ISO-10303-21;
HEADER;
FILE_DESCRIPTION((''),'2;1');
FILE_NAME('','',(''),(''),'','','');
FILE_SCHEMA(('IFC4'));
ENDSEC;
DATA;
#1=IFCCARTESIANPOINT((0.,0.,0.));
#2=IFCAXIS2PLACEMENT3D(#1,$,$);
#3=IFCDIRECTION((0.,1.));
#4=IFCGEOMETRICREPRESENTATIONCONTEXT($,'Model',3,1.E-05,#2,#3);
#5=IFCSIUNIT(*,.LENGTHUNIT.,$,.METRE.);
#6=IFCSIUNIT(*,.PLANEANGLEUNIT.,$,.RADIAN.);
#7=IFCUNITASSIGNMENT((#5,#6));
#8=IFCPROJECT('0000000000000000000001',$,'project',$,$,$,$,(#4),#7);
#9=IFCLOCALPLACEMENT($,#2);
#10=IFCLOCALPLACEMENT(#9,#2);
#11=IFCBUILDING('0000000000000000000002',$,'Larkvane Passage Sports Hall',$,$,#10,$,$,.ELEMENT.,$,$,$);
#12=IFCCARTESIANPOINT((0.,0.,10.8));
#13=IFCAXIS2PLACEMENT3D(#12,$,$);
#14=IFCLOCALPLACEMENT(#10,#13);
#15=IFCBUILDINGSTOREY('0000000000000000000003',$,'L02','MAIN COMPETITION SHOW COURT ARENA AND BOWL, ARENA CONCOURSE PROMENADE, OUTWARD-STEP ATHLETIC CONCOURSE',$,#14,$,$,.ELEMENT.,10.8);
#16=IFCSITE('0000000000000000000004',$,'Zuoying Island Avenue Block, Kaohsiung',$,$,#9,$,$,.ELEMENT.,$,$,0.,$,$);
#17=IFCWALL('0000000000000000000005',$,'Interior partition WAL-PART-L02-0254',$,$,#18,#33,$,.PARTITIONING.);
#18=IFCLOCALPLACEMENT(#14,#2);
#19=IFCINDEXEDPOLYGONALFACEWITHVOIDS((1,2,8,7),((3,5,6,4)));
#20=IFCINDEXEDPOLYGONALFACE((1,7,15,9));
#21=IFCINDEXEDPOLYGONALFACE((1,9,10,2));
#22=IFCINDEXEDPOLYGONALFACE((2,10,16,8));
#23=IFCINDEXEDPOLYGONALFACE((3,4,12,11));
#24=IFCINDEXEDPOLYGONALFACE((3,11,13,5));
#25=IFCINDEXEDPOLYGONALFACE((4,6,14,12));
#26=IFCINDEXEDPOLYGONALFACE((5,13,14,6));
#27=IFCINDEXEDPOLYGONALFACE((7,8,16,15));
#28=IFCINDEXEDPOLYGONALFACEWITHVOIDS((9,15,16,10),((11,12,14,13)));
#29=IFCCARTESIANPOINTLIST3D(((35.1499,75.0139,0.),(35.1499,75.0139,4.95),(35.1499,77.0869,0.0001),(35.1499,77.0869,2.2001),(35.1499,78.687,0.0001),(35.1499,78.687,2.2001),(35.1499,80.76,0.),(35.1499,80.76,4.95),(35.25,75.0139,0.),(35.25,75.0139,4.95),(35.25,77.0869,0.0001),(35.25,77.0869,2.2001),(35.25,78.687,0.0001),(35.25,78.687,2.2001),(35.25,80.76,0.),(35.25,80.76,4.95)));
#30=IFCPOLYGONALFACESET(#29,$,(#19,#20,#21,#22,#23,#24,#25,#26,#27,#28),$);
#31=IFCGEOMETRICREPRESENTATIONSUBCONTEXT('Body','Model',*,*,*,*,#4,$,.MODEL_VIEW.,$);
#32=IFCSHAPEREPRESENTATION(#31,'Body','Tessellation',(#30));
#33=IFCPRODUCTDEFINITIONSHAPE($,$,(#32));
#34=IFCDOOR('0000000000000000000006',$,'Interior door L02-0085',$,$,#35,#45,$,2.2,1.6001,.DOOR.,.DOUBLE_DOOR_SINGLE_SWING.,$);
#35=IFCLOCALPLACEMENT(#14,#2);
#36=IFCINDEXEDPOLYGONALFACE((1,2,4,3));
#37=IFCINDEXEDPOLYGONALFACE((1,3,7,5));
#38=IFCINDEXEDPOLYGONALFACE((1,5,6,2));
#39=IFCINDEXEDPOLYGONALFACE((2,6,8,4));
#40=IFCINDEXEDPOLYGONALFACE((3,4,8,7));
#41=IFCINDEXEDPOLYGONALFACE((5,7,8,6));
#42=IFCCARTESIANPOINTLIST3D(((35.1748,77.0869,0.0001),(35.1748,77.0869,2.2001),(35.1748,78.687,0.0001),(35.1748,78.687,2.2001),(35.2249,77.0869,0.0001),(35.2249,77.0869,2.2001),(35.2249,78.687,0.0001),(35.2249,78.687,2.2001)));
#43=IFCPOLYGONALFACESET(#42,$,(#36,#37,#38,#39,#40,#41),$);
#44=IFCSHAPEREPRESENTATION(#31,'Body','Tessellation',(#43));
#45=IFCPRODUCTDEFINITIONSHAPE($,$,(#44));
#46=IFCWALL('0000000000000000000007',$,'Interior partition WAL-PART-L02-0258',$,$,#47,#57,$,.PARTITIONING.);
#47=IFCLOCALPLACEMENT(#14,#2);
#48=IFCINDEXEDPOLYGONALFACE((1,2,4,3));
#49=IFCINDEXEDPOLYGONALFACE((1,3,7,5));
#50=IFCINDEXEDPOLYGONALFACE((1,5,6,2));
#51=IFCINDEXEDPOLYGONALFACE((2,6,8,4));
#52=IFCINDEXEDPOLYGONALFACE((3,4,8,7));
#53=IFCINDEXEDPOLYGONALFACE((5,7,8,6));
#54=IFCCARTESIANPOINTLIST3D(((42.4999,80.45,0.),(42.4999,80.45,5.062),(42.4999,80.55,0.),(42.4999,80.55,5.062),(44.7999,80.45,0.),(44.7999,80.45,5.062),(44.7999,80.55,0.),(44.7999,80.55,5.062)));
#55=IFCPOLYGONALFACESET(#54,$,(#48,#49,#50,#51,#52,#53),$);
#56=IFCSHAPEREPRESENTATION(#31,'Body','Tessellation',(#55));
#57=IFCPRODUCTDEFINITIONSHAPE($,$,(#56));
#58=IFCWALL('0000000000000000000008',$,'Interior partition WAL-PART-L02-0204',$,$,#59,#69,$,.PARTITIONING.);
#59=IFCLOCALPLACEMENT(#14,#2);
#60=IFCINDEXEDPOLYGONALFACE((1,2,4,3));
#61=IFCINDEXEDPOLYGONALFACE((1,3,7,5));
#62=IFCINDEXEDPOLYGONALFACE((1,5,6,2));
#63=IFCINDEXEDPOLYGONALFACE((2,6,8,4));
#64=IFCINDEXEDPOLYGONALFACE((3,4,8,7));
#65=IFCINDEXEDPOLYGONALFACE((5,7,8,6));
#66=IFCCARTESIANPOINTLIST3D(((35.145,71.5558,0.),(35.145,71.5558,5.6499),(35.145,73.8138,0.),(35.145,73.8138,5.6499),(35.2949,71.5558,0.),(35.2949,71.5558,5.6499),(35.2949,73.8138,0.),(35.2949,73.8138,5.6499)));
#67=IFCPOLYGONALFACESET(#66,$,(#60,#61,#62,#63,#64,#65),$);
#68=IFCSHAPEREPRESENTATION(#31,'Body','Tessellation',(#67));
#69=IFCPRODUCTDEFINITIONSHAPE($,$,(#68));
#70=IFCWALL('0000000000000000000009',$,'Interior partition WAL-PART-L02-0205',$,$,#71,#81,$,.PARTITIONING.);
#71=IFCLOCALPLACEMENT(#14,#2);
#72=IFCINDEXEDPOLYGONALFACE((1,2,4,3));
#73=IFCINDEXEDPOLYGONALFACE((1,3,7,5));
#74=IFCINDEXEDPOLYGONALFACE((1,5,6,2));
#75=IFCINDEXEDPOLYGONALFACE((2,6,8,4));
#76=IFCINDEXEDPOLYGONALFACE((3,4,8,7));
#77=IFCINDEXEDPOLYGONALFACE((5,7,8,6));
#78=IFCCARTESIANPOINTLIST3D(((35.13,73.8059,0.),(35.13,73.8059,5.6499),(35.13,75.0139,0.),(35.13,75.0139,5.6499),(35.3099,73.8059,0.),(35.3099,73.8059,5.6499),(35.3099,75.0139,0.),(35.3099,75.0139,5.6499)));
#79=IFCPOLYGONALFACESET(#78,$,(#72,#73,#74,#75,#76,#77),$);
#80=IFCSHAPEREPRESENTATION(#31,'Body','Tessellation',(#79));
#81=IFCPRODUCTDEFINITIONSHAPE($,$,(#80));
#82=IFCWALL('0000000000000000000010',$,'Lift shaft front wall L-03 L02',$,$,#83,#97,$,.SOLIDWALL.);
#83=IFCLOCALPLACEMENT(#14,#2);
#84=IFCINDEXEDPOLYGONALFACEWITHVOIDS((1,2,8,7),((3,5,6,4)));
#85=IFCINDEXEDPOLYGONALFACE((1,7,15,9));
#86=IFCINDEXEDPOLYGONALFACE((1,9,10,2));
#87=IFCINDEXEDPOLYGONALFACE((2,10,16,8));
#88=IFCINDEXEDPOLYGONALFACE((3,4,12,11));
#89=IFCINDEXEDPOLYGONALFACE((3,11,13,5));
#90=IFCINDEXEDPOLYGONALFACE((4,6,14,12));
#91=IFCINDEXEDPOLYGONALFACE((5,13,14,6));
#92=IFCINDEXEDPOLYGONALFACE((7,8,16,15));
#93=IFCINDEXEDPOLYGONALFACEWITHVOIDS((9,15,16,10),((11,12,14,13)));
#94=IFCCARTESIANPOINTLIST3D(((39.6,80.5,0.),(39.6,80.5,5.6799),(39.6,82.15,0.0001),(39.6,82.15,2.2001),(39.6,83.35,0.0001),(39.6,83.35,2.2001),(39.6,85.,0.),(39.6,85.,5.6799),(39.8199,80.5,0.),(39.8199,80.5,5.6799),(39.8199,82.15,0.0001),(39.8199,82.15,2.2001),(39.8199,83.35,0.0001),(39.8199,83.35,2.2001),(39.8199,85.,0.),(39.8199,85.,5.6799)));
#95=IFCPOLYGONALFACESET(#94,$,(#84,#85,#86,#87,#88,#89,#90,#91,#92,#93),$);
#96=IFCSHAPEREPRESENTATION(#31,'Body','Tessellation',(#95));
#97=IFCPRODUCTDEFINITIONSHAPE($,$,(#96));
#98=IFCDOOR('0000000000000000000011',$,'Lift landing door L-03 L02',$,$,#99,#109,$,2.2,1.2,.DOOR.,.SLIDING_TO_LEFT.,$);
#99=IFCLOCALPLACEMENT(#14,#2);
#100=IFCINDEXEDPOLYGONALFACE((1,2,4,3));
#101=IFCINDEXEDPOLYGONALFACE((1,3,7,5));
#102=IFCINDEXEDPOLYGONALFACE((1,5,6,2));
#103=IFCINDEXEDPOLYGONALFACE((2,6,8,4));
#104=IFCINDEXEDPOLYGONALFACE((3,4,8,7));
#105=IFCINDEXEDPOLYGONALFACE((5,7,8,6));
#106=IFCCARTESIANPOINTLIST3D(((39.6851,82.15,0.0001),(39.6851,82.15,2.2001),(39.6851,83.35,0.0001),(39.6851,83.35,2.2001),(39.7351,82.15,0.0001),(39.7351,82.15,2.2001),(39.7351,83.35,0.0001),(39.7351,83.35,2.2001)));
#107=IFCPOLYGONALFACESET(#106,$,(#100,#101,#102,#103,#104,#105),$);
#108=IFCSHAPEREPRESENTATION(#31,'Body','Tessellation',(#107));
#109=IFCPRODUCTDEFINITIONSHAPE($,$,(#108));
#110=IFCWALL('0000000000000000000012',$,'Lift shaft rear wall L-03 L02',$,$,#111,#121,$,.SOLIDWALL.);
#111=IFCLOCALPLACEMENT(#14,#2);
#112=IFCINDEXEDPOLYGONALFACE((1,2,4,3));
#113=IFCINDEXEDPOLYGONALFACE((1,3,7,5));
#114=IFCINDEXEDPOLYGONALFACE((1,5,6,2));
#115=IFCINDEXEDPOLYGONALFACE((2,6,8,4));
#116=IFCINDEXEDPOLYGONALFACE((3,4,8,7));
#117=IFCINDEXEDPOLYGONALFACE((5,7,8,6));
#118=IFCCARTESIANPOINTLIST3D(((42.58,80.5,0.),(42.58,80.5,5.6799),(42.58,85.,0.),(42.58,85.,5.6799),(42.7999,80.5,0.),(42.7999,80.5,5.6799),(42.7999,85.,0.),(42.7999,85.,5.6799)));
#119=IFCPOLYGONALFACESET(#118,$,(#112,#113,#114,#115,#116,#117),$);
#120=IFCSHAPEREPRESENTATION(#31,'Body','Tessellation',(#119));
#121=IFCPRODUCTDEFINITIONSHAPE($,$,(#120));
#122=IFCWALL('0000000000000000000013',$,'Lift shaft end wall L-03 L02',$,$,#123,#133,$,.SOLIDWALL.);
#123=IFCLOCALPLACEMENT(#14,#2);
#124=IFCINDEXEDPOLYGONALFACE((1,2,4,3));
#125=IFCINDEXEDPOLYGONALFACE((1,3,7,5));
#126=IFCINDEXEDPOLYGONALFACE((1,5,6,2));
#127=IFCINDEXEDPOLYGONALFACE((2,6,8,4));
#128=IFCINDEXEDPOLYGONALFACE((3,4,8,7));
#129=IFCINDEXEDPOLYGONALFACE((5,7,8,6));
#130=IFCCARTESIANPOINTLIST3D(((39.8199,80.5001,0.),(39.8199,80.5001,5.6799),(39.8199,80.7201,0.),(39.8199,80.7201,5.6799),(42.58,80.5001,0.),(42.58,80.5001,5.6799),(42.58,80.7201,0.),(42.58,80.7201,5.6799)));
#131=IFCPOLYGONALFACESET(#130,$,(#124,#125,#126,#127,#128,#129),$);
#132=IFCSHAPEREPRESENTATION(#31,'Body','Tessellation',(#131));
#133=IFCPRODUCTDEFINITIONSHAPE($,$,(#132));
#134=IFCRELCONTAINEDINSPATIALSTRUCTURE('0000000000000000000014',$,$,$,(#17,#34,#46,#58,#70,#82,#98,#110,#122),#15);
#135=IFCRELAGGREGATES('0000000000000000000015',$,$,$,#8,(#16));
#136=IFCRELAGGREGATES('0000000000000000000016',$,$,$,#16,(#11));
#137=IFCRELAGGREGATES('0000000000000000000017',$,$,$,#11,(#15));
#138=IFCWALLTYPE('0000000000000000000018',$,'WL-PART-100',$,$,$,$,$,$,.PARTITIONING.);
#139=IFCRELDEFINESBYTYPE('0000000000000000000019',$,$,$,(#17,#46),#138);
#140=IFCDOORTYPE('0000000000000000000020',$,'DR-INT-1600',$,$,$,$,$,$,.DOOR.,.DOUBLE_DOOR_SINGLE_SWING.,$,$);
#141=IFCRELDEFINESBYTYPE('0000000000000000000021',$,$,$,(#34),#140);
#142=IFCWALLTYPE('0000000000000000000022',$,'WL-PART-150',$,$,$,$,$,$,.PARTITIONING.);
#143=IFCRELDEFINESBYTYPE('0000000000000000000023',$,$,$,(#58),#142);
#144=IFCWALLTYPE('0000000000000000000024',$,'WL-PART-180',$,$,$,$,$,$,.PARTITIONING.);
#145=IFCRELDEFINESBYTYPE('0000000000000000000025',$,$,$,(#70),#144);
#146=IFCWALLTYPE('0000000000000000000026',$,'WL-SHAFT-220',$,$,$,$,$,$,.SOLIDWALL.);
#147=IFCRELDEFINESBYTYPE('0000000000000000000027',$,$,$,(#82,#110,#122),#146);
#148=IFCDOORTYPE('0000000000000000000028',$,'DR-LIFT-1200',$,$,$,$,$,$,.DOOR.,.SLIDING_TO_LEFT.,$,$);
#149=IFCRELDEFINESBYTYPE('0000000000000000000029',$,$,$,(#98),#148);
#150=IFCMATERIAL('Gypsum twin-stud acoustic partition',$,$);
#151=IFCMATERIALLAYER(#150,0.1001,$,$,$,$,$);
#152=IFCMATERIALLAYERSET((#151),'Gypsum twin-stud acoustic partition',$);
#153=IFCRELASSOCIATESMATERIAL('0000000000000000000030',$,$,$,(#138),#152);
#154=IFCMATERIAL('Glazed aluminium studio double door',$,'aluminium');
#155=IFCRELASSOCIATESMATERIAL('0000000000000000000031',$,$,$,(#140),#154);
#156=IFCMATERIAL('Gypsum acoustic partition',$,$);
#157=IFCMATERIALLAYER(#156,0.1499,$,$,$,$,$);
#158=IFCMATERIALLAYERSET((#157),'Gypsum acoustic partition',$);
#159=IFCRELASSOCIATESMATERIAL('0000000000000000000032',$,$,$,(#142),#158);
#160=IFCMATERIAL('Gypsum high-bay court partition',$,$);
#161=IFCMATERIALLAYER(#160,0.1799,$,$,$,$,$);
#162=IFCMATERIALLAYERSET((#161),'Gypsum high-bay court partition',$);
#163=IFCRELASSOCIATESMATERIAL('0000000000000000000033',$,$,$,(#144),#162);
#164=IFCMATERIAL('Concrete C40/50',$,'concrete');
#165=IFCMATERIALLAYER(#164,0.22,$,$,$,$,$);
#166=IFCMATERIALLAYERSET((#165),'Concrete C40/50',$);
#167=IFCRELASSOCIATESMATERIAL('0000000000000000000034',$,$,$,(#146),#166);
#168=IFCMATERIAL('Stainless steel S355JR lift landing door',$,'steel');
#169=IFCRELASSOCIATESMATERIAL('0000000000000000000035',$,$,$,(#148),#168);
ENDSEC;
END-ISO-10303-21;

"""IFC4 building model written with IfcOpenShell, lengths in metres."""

from ifc_helpers import new_model, si_unit, direction, frame, frame_2d, origin, place, context, subcontext, project, spatial, rectangle, extrude, material, layer, layer_set, type_object, element, fill, save


model = new_model("IFC4")

# Units and contexts
model_context = context("Model", 3, precision=1e-05, world=origin(), true_north=direction((0.0, 1.0)))
body_context = subcontext(model_context, "Body", "Model", "MODEL_VIEW")
ifc_project = project(units=[si_unit("LENGTHUNIT", "METRE"), si_unit("PLANEANGLEUNIT", "RADIAN")], contexts=[model_context])

# Site, building, storey
site_placement = place(None, origin())
site = spatial("IfcSite", under=ifc_project, at=site_placement, Name="Zuoying Island Avenue Block, Kaohsiung", CompositionType="ELEMENT", RefElevation=0.0)
building_placement = place(site_placement, origin())
building = spatial("IfcBuilding", under=site, at=building_placement, Name="Larkvane Passage Sports Hall", CompositionType="ELEMENT")
storey_placement = place(building_placement, frame((0.0, 0.0, 10.8)))
storey = spatial("IfcBuildingStorey", under=building, at=storey_placement, Name="L02", Description="MAIN COMPETITION SHOW COURT ARENA AND BOWL, ARENA CONCOURSE PROMENADE, OUTWARD-STEP ATHLETIC CONCOURSE", CompositionType="ELEMENT", Elevation=10.8)

# Wall, opening, door
ifc_material_1 = material(Name="Concrete C40/50", Category="concrete")
ifc_material_2 = material(Name="Gypsum twin-stud acoustic partition")
ifc_layer_1 = layer(ifc_material_2, 0.1001)
ifc_layer_set_1 = layer_set([ifc_layer_1], Name="Gypsum twin-stud acoustic partition")
wall_type_1 = type_object("IfcWallType", Name="WL-PART-100", PredefinedType="PARTITIONING", material=ifc_layer_set_1)
wall_1_placement = place(storey_placement, frame((35.2, 80.76, 0.0), z_axis=(0.0, 0.0, 1.0), x_axis=(0.0, -1.0, 0.0)))
wall_1 = element("IfcWall", 1, at=wall_1_placement, inside=storey, type_object=wall_type_1, Name="Interior partition WAL-PART-L02-0254", PredefinedType="PARTITIONING", context=body_context, shape_type="SweptSolid", body=[
    extrude(rectangle(XDim=5.7461, YDim=0.1001, at=frame_2d((2.873, 0.0))), origin(), (0.0, 0.0, 1.0), 4.95),
])
opening_1_placement = place(wall_1_placement, frame((2.073, 0.0, 0.0)))
opening_1 = element("IfcOpeningElement", 2, at=opening_1_placement, cuts=wall_1, PredefinedType="OPENING", context=body_context, shape_type="SweptSolid", body=[
    extrude(rectangle(XDim=1.6001, YDim=2.2, at=frame_2d((0.8, 1.1001))), frame((0.0, 0.0601, 0.0), z_axis=(0.0, -1.0, 0.0), x_axis=(1.0, 0.0, 0.0)), (0.0, 0.0, 1.0), 0.1201),
])
ifc_material_3 = material(Name="Glazed aluminium studio double door", Category="aluminium")
door_type_1 = type_object("IfcDoorType", Name="DR-INT-1600", OperationType="DOUBLE_DOOR_SINGLE_SWING", PredefinedType="DOOR", material=ifc_material_3)
door_1_placement = place(opening_1_placement, origin())
door_1 = element("IfcDoor", 3, at=door_1_placement, inside=storey, type_object=door_type_1, Name="Interior door L02-0085", OperationType="DOUBLE_DOOR_SINGLE_SWING", OverallHeight=2.2, OverallWidth=1.6001, PredefinedType="DOOR", context=body_context, shape_type="SweptSolid", body=[
    extrude(rectangle(XDim=1.6001, YDim=2.2, at=frame_2d((0.8, 1.1001))), frame((0.0, 0.0249, 0.0), z_axis=(0.0, -1.0, 0.0), x_axis=(1.0, 0.0, 0.0)), (0.0, 0.0, 1.0), 0.05),
])
fill(opening_1, door_1)

# Walls
wall_2_placement = place(storey_placement, frame((42.5, 80.5, 0.0), z_axis=(0.0, 0.0, 1.0), x_axis=(1.0, 0.0, 0.0)))
element("IfcWall", 4, at=wall_2_placement, inside=storey, type_object=wall_type_1, Name="Interior partition WAL-PART-L02-0258", PredefinedType="PARTITIONING", context=body_context, shape_type="SweptSolid", body=[
    extrude(rectangle(XDim=2.3, YDim=0.1001, at=frame_2d((1.1499, 0.0))), origin(), (0.0, 0.0, 1.0), 5.062),
])
ifc_material_4 = material(Name="Gypsum acoustic partition")
ifc_layer_2 = layer(ifc_material_4, 0.1499)
ifc_layer_set_2 = layer_set([ifc_layer_2], Name="Gypsum acoustic partition")
wall_type_2 = type_object("IfcWallType", Name="WL-PART-150", PredefinedType="PARTITIONING", material=ifc_layer_set_2)
wall_3_placement = place(storey_placement, frame((35.22, 71.5559, 0.0), z_axis=(0.0, 0.0, 1.0), x_axis=(0.0, 1.0, 0.0)))
element("IfcWall", 5, at=wall_3_placement, inside=storey, type_object=wall_type_2, Name="Interior partition WAL-PART-L02-0204", PredefinedType="PARTITIONING", context=body_context, shape_type="SweptSolid", body=[
    extrude(rectangle(XDim=2.2581, YDim=0.1499, at=frame_2d((1.1289, 0.0))), origin(), (0.0, 0.0, 1.0), 5.6499),
])
ifc_material_5 = material(Name="Gypsum high-bay court partition")
ifc_layer_3 = layer(ifc_material_5, 0.1799)
ifc_layer_set_3 = layer_set([ifc_layer_3], Name="Gypsum high-bay court partition")
wall_type_3 = type_object("IfcWallType", Name="WL-PART-180", PredefinedType="PARTITIONING", material=ifc_layer_set_3)
wall_4_placement = place(storey_placement, frame((35.22, 73.8059, 0.0), z_axis=(0.0, 0.0, 1.0), x_axis=(0.0, 1.0, 0.0)))
element("IfcWall", 6, at=wall_4_placement, inside=storey, type_object=wall_type_3, Name="Interior partition WAL-PART-L02-0205", PredefinedType="PARTITIONING", context=body_context, shape_type="SweptSolid", body=[
    extrude(rectangle(XDim=1.208, YDim=0.1799, at=frame_2d((0.604, 0.0))), origin(), (0.0, 0.0, 1.0), 5.6499),
])

# Wall, opening, door
ifc_layer_4 = layer(ifc_material_1, 0.22)
ifc_layer_set_4 = layer_set([ifc_layer_4], Name="Concrete C40/50")
wall_type_4 = type_object("IfcWallType", Name="WL-SHAFT-220", PredefinedType="SOLIDWALL", material=ifc_layer_set_4)
wall_5_placement = place(storey_placement, frame((39.71, 80.5, 0.0), z_axis=(0.0, 0.0, 1.0), x_axis=(0.0, 1.0, 0.0)))
wall_5 = element("IfcWall", 7, at=wall_5_placement, inside=storey, type_object=wall_type_4, Name="Lift shaft front wall L-03 L02", PredefinedType="SOLIDWALL", context=body_context, shape_type="SweptSolid", body=[
    extrude(rectangle(XDim=4.5, YDim=0.22, at=frame_2d((2.25, 0.0))), origin(), (0.0, 0.0, 1.0), 5.6799),
])
opening_2_placement = place(wall_5_placement, frame((1.6499, 0.0, 0.0)))
opening_2 = element("IfcOpeningElement", 8, at=opening_2_placement, cuts=wall_5, PredefinedType="OPENING", context=body_context, shape_type="SweptSolid", body=[
    extrude(rectangle(XDim=1.2, YDim=2.2, at=frame_2d((0.6001, 1.1001))), frame((0.0, 0.1199, 0.0), z_axis=(0.0, -1.0, 0.0), x_axis=(1.0, 0.0, 0.0)), (0.0, 0.0, 1.0), 0.24),
])
ifc_material_6 = material(Name="Stainless steel S355JR lift landing door", Category="steel")
door_type_2 = type_object("IfcDoorType", Name="DR-LIFT-1200", OperationType="SLIDING_TO_LEFT", PredefinedType="DOOR", material=ifc_material_6)
door_2_placement = place(opening_2_placement, origin())
door_2 = element("IfcDoor", 9, at=door_2_placement, inside=storey, type_object=door_type_2, Name="Lift landing door L-03 L02", OperationType="SLIDING_TO_LEFT", OverallHeight=2.2, OverallWidth=1.2, PredefinedType="DOOR", context=body_context, shape_type="SweptSolid", body=[
    extrude(rectangle(XDim=1.2, YDim=2.2, at=frame_2d((0.6001, 1.1001))), frame((0.0, 0.0249, 0.0), z_axis=(0.0, -1.0, 0.0), x_axis=(1.0, 0.0, 0.0)), (0.0, 0.0, 1.0), 0.05),
])
fill(opening_2, door_2)

# Walls
wall_6_placement = place(storey_placement, frame((42.6899, 80.5, 0.0), z_axis=(0.0, 0.0, 1.0), x_axis=(0.0, 1.0, 0.0)))
element("IfcWall", 10, at=wall_6_placement, inside=storey, type_object=wall_type_4, Name="Lift shaft rear wall L-03 L02", PredefinedType="SOLIDWALL", context=body_context, shape_type="SweptSolid", body=[
    extrude(rectangle(XDim=4.5, YDim=0.22, at=frame_2d((2.25, 0.0))), origin(), (0.0, 0.0, 1.0), 5.6799),
])
wall_7_placement = place(storey_placement, frame((39.8201, 80.6101, 0.0), z_axis=(0.0, 0.0, 1.0), x_axis=(1.0, 0.0, 0.0)))
element("IfcWall", 11, at=wall_7_placement, inside=storey, type_object=wall_type_4, Name="Lift shaft end wall L-03 L02", PredefinedType="SOLIDWALL", context=body_context, shape_type="SweptSolid", body=[
    extrude(rectangle(XDim=2.76, YDim=0.22, at=frame_2d((1.3799, 0.0))), origin(), (0.0, 0.0, 1.0), 5.6799),
])

save(model, "model.ifc")
